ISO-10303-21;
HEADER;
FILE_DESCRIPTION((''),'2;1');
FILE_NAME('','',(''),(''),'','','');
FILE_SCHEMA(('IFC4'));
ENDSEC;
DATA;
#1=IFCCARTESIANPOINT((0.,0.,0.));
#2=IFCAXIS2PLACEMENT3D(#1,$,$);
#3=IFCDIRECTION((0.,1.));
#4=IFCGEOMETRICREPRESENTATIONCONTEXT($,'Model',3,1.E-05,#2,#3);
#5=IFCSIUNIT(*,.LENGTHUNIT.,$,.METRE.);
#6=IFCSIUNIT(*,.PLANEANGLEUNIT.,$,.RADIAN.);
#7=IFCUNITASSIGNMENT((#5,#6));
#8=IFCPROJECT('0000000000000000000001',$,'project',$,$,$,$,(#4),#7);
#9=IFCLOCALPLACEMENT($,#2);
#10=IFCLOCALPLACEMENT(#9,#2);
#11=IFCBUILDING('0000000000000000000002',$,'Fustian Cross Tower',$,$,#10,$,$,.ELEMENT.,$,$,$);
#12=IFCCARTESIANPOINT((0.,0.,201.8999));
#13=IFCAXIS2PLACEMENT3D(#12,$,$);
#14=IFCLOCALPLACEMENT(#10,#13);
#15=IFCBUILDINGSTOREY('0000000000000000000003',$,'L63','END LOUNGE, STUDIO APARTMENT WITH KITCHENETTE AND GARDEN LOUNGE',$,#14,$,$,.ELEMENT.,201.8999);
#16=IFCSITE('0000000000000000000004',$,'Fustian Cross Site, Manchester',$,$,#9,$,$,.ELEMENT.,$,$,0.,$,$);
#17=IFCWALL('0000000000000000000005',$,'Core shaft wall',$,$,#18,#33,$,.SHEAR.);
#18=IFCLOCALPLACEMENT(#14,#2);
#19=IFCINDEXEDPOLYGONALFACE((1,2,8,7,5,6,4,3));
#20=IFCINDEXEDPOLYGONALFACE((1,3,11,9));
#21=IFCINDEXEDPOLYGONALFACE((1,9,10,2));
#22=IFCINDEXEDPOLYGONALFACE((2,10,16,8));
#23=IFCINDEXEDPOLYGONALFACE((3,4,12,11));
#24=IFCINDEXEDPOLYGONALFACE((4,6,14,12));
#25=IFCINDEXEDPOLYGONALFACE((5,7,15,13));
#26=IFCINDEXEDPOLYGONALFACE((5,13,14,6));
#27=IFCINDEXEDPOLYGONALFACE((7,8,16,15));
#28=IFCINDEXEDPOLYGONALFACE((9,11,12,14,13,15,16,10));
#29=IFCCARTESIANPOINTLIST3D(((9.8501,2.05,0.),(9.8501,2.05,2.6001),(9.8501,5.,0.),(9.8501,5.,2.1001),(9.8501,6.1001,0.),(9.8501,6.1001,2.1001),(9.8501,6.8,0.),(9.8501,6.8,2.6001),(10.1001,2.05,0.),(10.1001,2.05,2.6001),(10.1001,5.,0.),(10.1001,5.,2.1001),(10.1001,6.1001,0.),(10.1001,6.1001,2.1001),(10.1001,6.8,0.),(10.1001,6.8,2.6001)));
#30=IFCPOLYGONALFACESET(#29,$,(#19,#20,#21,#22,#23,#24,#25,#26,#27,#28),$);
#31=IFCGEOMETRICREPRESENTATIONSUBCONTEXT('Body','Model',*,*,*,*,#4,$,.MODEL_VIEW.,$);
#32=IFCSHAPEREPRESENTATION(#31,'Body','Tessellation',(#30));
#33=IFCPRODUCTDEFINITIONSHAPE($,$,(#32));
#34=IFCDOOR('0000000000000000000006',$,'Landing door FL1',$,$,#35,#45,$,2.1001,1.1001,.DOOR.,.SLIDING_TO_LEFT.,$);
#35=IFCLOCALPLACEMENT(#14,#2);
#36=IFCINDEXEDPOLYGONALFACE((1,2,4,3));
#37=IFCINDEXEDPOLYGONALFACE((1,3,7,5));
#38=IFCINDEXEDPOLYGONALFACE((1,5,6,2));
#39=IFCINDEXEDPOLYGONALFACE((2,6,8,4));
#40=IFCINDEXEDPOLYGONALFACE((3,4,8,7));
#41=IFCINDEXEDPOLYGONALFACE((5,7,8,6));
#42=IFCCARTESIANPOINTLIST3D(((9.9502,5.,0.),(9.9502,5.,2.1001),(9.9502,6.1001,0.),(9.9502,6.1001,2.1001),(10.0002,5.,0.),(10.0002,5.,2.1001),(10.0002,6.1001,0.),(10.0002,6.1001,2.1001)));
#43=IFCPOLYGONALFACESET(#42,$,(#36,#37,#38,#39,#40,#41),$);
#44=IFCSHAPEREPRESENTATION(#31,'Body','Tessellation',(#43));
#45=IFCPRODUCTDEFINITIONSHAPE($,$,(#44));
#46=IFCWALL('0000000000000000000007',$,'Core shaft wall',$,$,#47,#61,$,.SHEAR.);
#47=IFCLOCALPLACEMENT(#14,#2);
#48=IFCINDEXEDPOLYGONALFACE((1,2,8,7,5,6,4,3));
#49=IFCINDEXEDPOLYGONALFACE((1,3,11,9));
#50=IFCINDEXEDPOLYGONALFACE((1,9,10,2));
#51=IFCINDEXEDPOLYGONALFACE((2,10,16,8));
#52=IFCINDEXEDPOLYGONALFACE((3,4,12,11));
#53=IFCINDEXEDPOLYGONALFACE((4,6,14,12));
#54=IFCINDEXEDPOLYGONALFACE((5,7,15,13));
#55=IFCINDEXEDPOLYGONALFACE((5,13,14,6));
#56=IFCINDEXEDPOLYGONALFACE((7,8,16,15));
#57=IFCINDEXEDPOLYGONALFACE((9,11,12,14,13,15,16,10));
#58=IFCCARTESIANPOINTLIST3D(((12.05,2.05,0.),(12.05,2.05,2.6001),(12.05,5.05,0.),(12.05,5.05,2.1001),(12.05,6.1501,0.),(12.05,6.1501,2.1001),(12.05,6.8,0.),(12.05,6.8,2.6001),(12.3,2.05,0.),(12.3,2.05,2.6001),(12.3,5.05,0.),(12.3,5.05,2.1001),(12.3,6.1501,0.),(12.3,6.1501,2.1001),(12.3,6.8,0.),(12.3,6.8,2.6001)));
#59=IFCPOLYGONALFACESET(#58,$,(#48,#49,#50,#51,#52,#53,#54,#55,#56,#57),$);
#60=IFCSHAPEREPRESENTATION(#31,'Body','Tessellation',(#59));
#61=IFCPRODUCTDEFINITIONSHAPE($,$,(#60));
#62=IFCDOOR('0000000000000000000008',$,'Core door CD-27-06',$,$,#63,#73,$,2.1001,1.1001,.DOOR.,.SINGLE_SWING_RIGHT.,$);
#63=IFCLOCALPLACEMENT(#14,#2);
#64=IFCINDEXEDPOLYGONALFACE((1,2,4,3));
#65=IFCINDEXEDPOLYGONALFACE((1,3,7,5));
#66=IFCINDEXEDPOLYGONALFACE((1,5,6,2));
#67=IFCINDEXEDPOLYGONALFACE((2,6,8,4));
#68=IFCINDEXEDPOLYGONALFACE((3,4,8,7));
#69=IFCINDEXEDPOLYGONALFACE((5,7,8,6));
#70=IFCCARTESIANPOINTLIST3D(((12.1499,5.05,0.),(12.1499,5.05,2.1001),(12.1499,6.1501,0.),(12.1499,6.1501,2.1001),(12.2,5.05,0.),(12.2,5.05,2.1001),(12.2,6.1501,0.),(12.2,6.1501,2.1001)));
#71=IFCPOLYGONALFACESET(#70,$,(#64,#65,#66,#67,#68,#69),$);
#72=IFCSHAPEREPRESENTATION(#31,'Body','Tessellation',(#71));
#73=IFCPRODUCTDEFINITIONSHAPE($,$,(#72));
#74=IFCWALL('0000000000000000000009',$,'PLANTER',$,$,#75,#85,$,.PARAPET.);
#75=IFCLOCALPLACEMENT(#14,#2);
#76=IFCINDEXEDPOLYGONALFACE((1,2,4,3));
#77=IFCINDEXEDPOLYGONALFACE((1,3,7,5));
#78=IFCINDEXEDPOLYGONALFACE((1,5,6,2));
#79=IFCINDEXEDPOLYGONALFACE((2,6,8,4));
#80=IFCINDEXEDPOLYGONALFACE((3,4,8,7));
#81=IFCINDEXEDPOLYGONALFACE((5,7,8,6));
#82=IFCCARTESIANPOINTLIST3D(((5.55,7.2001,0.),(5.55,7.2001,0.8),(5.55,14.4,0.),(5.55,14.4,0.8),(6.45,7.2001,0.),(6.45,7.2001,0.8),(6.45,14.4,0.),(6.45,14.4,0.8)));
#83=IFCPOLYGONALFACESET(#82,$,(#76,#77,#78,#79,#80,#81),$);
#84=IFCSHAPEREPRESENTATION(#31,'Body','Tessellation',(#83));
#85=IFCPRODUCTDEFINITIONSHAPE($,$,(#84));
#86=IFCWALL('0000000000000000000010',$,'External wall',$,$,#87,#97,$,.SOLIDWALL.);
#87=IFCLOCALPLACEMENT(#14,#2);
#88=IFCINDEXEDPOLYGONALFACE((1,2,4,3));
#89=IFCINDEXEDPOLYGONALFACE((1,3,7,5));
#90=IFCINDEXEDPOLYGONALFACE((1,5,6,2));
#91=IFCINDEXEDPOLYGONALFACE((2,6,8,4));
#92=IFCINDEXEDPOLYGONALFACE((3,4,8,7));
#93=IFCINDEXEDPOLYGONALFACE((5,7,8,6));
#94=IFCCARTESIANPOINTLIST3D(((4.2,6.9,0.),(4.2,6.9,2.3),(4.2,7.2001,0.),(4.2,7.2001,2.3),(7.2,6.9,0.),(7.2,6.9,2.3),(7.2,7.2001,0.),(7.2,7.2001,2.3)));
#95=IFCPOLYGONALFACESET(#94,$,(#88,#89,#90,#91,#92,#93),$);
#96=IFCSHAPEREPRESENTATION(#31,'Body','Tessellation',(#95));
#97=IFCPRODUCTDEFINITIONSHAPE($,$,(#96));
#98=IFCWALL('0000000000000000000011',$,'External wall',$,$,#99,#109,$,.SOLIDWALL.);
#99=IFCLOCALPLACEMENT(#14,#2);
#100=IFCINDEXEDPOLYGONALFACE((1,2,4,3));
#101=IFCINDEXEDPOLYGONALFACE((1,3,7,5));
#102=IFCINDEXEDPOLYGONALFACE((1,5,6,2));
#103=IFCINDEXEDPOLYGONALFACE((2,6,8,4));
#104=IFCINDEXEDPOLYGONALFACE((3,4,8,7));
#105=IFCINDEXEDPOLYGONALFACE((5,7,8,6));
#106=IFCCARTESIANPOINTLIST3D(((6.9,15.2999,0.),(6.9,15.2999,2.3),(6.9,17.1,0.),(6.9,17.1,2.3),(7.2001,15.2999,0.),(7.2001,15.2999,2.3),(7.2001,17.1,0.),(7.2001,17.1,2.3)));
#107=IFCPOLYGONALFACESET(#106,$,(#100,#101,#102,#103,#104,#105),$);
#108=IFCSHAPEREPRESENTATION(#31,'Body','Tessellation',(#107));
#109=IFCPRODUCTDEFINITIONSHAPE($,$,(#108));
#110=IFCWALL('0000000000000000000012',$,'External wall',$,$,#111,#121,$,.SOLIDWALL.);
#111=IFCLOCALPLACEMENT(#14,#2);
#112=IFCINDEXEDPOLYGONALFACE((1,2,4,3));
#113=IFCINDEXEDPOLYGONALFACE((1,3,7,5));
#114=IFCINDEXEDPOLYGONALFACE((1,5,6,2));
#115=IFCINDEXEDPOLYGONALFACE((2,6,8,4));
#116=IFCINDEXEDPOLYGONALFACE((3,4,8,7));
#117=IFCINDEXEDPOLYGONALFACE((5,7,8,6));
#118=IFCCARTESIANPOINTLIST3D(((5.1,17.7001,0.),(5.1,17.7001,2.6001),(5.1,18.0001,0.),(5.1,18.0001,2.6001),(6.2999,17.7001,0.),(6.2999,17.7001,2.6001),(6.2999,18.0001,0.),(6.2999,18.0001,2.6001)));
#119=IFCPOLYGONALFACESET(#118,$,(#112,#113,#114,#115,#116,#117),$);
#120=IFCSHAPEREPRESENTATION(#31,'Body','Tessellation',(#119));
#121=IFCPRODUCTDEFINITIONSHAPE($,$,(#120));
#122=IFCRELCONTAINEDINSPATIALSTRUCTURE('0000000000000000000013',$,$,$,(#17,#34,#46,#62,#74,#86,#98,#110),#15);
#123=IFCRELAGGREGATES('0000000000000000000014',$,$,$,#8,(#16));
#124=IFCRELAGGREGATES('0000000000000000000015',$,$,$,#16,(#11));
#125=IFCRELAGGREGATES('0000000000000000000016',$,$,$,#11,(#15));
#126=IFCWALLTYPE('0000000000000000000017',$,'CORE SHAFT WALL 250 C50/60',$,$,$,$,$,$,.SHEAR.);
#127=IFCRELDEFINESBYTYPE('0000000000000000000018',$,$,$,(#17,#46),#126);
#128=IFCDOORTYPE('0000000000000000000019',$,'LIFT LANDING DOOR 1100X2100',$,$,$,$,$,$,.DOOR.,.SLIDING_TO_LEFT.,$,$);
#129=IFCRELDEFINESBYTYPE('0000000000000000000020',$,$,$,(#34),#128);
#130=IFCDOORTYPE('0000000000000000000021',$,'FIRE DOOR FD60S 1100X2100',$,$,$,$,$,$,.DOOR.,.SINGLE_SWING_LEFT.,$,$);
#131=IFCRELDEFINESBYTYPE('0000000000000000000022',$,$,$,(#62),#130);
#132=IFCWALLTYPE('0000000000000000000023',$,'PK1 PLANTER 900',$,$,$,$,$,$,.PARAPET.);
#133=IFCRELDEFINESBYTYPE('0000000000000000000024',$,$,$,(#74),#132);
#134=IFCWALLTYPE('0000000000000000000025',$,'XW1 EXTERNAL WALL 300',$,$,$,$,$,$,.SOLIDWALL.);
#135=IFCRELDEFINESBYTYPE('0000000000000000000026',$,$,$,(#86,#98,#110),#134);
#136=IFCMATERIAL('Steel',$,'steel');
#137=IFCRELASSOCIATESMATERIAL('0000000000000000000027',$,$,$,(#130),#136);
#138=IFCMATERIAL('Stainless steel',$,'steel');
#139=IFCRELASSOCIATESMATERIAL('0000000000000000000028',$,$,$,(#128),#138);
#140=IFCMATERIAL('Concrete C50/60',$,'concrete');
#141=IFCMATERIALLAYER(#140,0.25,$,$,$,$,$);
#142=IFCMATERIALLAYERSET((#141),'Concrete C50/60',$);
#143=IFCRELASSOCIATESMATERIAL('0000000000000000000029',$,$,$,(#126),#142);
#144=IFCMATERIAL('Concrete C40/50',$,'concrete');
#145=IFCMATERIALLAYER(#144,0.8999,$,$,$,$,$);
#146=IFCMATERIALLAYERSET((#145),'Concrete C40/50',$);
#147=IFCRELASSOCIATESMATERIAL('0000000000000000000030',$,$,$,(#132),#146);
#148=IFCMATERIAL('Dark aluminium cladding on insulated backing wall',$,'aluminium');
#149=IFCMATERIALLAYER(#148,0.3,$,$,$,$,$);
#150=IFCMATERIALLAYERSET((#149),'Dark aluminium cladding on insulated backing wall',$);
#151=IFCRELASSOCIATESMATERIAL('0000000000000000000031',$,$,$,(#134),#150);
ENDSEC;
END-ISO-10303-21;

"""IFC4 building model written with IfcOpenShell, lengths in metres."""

from ifc_helpers import new_model, si_unit, direction, frame, frame_2d, origin, place, context, subcontext, project, spatial, rectangle, extrude, material, layer, layer_set, type_object, element, fill, save


model = new_model("IFC4")

# Units and contexts
model_context = context("Model", 3, precision=1e-05, world=origin(), true_north=direction((0.0, 1.0)))
body_context = subcontext(model_context, "Body", "Model", "MODEL_VIEW")
ifc_project = project(units=[si_unit("LENGTHUNIT", "METRE"), si_unit("PLANEANGLEUNIT", "RADIAN")], contexts=[model_context])

# Site, building, storey
site_placement = place(None, origin())
site = spatial("IfcSite", under=ifc_project, at=site_placement, Name="Fustian Cross Site, Manchester", CompositionType="ELEMENT", RefElevation=0.0)
building_placement = place(site_placement, origin())
building = spatial("IfcBuilding", under=site, at=building_placement, Name="Fustian Cross Tower", CompositionType="ELEMENT")
storey_placement = place(building_placement, frame((0.0, 0.0, 201.8999)))
storey = spatial("IfcBuildingStorey", under=building, at=storey_placement, Name="L63", Description="END LOUNGE, STUDIO APARTMENT WITH KITCHENETTE AND GARDEN LOUNGE", CompositionType="ELEMENT", Elevation=201.8999)

# Shared definitions
ifc_material_1 = material(Name="Steel", Category="steel")
door_type_1 = type_object("IfcDoorType", Name="FIRE DOOR FD60S 1100X2100", OperationType="SINGLE_SWING_LEFT", PredefinedType="DOOR", material=ifc_material_1)
ifc_material_2 = material(Name="Stainless steel", Category="steel")
door_type_2 = type_object("IfcDoorType", Name="LIFT LANDING DOOR 1100X2100", OperationType="SLIDING_TO_LEFT", PredefinedType="DOOR", material=ifc_material_2)

# Shared definitions
ifc_material_3 = material(Name="Concrete C50/60", Category="concrete")
ifc_layer_1 = layer(ifc_material_3, 0.25)
ifc_layer_set_1 = layer_set([ifc_layer_1], Name="Concrete C50/60")
wall_type_1 = type_object("IfcWallType", Name="CORE SHAFT WALL 250 C50/60", PredefinedType="SHEAR", material=ifc_layer_set_1)

# Walls, openings, doors
wall_1_placement = place(storey_placement, frame((9.9751, 2.05, 0.0), z_axis=(0.0, 0.0, 1.0), x_axis=(0.0, 1.0, 0.0)))
wall_1 = element("IfcWall", 1, at=wall_1_placement, inside=storey, type_object=wall_type_1, Name="Core shaft wall", PredefinedType="SHEAR", context=body_context, shape_type="SweptSolid", body=[
    extrude(rectangle(XDim=4.75, YDim=0.25, at=frame_2d((2.375, 0.0))), origin(), (0.0, 0.0, 1.0), 2.6001),
])
opening_1_placement = place(wall_1_placement, frame((2.95, 0.0, 0.0)))
opening_1 = element("IfcOpeningElement", 2, at=opening_1_placement, cuts=wall_1, PredefinedType="OPENING", context=body_context, shape_type="SweptSolid", body=[
    extrude(rectangle(XDim=1.1001, YDim=2.1001, at=frame_2d((0.55, 1.05))), frame((0.0, 0.135, 0.0), z_axis=(0.0, -1.0, 0.0), x_axis=(1.0, 0.0, 0.0)), (0.0, 0.0, 1.0), 0.27),
])
door_1_placement = place(opening_1_placement, origin())
door_1 = element("IfcDoor", 3, at=door_1_placement, inside=storey, type_object=door_type_2, Name="Landing door FL1", OperationType="SLIDING_TO_LEFT", OverallHeight=2.1001, OverallWidth=1.1001, PredefinedType="DOOR", context=body_context, shape_type="SweptSolid", body=[
    extrude(rectangle(XDim=1.1001, YDim=2.1001, at=frame_2d((0.55, 1.05))), frame((0.0, 0.0249, 0.0), z_axis=(0.0, -1.0, 0.0), x_axis=(1.0, 0.0, 0.0)), (0.0, 0.0, 1.0), 0.05),
])
fill(opening_1, door_1)
wall_2_placement = place(storey_placement, frame((12.175, 2.05, 0.0), z_axis=(0.0, 0.0, 1.0), x_axis=(0.0, 1.0, 0.0)))
wall_2 = element("IfcWall", 4, at=wall_2_placement, inside=storey, type_object=wall_type_1, Name="Core shaft wall", PredefinedType="SHEAR", context=body_context, shape_type="SweptSolid", body=[
    extrude(rectangle(XDim=4.75, YDim=0.25, at=frame_2d((2.375, 0.0))), origin(), (0.0, 0.0, 1.0), 2.6001),
])
opening_2_placement = place(wall_2_placement, frame((3.0, 0.0, 0.0)))
opening_2 = element("IfcOpeningElement", 5, at=opening_2_placement, cuts=wall_2, PredefinedType="OPENING", context=body_context, shape_type="SweptSolid", body=[
    extrude(rectangle(XDim=1.1001, YDim=2.1001, at=frame_2d((0.55, 1.05))), frame((0.0, 0.135, 0.0), z_axis=(0.0, -1.0, 0.0), x_axis=(1.0, 0.0, 0.0)), (0.0, 0.0, 1.0), 0.27),
])
door_2_placement = place(opening_2_placement, frame((1.1001, 0.0, 0.0), z_axis=(0.0, 0.0, 1.0), x_axis=(-1.0, 0.0, 0.0)))
door_2 = element("IfcDoor", 6, at=door_2_placement, inside=storey, type_object=door_type_1, Name="Core door CD-27-06", OperationType="SINGLE_SWING_RIGHT", OverallHeight=2.1001, OverallWidth=1.1001, PredefinedType="DOOR", context=body_context, shape_type="SweptSolid", body=[
    extrude(rectangle(XDim=1.1001, YDim=2.1001, at=frame_2d((0.55, 1.05))), frame((0.0, 0.0249, 0.0), z_axis=(0.0, -1.0, 0.0), x_axis=(1.0, 0.0, 0.0)), (0.0, 0.0, 1.0), 0.05),
])
fill(opening_2, door_2)

# Walls
ifc_material_4 = material(Name="Concrete C40/50", Category="concrete")
ifc_layer_2 = layer(ifc_material_4, 0.8999)
ifc_layer_set_2 = layer_set([ifc_layer_2], Name="Concrete C40/50")
wall_type_2 = type_object("IfcWallType", Name="PK1 PLANTER 900", PredefinedType="PARAPET", material=ifc_layer_set_2)
wall_3_placement = place(storey_placement, frame((6.0, 7.2, 0.0), z_axis=(0.0, 0.0, 1.0), x_axis=(0.0, 1.0, 0.0)))
element("IfcWall", 7, at=wall_3_placement, inside=storey, type_object=wall_type_2, Name="PLANTER", PredefinedType="PARAPET", context=body_context, shape_type="SweptSolid", body=[
    extrude(rectangle(XDim=7.2, YDim=0.8999, at=frame_2d((3.6001, 0.0))), origin(), (0.0, 0.0, 1.0), 0.8),
])
ifc_material_5 = material(Name="Dark aluminium cladding on insulated backing wall", Category="aluminium")
ifc_layer_3 = layer(ifc_material_5, 0.3)
ifc_layer_set_3 = layer_set([ifc_layer_3], Name="Dark aluminium cladding on insulated backing wall")
wall_type_3 = type_object("IfcWallType", Name="XW1 EXTERNAL WALL 300", PredefinedType="SOLIDWALL", material=ifc_layer_set_3)
wall_4_placement = place(storey_placement, frame((7.2, 7.05, 0.0), z_axis=(0.0, 0.0, 1.0), x_axis=(-1.0, 0.0, 0.0)))
element("IfcWall", 8, at=wall_4_placement, inside=storey, type_object=wall_type_3, Name="External wall", PredefinedType="SOLIDWALL", context=body_context, shape_type="SweptSolid", body=[
    extrude(rectangle(XDim=3.0, YDim=0.3, at=frame_2d((1.5, 0.0))), origin(), (0.0, 0.0, 1.0), 2.3),
])
wall_5_placement = place(storey_placement, frame((7.05, 15.3, 0.0), z_axis=(0.0, 0.0, 1.0), x_axis=(0.0, 1.0, 0.0)))
element("IfcWall", 9, at=wall_5_placement, inside=storey, type_object=wall_type_3, Name="External wall", PredefinedType="SOLIDWALL", context=body_context, shape_type="SweptSolid", body=[
    extrude(rectangle(XDim=1.8, YDim=0.3, at=frame_2d((0.8999, 0.0))), origin(), (0.0, 0.0, 1.0), 2.3),
])
wall_6_placement = place(storey_placement, frame((6.3, 17.8501, 0.0), z_axis=(0.0, 0.0, 1.0), x_axis=(-1.0, 0.0, 0.0)))
element("IfcWall", 10, at=wall_6_placement, inside=storey, type_object=wall_type_3, Name="External wall", PredefinedType="SOLIDWALL", context=body_context, shape_type="SweptSolid", body=[
    extrude(rectangle(XDim=1.2, YDim=0.3, at=frame_2d((0.6001, 0.0))), origin(), (0.0, 0.0, 1.0), 2.6001),
])

save(model, "model.ifc")
